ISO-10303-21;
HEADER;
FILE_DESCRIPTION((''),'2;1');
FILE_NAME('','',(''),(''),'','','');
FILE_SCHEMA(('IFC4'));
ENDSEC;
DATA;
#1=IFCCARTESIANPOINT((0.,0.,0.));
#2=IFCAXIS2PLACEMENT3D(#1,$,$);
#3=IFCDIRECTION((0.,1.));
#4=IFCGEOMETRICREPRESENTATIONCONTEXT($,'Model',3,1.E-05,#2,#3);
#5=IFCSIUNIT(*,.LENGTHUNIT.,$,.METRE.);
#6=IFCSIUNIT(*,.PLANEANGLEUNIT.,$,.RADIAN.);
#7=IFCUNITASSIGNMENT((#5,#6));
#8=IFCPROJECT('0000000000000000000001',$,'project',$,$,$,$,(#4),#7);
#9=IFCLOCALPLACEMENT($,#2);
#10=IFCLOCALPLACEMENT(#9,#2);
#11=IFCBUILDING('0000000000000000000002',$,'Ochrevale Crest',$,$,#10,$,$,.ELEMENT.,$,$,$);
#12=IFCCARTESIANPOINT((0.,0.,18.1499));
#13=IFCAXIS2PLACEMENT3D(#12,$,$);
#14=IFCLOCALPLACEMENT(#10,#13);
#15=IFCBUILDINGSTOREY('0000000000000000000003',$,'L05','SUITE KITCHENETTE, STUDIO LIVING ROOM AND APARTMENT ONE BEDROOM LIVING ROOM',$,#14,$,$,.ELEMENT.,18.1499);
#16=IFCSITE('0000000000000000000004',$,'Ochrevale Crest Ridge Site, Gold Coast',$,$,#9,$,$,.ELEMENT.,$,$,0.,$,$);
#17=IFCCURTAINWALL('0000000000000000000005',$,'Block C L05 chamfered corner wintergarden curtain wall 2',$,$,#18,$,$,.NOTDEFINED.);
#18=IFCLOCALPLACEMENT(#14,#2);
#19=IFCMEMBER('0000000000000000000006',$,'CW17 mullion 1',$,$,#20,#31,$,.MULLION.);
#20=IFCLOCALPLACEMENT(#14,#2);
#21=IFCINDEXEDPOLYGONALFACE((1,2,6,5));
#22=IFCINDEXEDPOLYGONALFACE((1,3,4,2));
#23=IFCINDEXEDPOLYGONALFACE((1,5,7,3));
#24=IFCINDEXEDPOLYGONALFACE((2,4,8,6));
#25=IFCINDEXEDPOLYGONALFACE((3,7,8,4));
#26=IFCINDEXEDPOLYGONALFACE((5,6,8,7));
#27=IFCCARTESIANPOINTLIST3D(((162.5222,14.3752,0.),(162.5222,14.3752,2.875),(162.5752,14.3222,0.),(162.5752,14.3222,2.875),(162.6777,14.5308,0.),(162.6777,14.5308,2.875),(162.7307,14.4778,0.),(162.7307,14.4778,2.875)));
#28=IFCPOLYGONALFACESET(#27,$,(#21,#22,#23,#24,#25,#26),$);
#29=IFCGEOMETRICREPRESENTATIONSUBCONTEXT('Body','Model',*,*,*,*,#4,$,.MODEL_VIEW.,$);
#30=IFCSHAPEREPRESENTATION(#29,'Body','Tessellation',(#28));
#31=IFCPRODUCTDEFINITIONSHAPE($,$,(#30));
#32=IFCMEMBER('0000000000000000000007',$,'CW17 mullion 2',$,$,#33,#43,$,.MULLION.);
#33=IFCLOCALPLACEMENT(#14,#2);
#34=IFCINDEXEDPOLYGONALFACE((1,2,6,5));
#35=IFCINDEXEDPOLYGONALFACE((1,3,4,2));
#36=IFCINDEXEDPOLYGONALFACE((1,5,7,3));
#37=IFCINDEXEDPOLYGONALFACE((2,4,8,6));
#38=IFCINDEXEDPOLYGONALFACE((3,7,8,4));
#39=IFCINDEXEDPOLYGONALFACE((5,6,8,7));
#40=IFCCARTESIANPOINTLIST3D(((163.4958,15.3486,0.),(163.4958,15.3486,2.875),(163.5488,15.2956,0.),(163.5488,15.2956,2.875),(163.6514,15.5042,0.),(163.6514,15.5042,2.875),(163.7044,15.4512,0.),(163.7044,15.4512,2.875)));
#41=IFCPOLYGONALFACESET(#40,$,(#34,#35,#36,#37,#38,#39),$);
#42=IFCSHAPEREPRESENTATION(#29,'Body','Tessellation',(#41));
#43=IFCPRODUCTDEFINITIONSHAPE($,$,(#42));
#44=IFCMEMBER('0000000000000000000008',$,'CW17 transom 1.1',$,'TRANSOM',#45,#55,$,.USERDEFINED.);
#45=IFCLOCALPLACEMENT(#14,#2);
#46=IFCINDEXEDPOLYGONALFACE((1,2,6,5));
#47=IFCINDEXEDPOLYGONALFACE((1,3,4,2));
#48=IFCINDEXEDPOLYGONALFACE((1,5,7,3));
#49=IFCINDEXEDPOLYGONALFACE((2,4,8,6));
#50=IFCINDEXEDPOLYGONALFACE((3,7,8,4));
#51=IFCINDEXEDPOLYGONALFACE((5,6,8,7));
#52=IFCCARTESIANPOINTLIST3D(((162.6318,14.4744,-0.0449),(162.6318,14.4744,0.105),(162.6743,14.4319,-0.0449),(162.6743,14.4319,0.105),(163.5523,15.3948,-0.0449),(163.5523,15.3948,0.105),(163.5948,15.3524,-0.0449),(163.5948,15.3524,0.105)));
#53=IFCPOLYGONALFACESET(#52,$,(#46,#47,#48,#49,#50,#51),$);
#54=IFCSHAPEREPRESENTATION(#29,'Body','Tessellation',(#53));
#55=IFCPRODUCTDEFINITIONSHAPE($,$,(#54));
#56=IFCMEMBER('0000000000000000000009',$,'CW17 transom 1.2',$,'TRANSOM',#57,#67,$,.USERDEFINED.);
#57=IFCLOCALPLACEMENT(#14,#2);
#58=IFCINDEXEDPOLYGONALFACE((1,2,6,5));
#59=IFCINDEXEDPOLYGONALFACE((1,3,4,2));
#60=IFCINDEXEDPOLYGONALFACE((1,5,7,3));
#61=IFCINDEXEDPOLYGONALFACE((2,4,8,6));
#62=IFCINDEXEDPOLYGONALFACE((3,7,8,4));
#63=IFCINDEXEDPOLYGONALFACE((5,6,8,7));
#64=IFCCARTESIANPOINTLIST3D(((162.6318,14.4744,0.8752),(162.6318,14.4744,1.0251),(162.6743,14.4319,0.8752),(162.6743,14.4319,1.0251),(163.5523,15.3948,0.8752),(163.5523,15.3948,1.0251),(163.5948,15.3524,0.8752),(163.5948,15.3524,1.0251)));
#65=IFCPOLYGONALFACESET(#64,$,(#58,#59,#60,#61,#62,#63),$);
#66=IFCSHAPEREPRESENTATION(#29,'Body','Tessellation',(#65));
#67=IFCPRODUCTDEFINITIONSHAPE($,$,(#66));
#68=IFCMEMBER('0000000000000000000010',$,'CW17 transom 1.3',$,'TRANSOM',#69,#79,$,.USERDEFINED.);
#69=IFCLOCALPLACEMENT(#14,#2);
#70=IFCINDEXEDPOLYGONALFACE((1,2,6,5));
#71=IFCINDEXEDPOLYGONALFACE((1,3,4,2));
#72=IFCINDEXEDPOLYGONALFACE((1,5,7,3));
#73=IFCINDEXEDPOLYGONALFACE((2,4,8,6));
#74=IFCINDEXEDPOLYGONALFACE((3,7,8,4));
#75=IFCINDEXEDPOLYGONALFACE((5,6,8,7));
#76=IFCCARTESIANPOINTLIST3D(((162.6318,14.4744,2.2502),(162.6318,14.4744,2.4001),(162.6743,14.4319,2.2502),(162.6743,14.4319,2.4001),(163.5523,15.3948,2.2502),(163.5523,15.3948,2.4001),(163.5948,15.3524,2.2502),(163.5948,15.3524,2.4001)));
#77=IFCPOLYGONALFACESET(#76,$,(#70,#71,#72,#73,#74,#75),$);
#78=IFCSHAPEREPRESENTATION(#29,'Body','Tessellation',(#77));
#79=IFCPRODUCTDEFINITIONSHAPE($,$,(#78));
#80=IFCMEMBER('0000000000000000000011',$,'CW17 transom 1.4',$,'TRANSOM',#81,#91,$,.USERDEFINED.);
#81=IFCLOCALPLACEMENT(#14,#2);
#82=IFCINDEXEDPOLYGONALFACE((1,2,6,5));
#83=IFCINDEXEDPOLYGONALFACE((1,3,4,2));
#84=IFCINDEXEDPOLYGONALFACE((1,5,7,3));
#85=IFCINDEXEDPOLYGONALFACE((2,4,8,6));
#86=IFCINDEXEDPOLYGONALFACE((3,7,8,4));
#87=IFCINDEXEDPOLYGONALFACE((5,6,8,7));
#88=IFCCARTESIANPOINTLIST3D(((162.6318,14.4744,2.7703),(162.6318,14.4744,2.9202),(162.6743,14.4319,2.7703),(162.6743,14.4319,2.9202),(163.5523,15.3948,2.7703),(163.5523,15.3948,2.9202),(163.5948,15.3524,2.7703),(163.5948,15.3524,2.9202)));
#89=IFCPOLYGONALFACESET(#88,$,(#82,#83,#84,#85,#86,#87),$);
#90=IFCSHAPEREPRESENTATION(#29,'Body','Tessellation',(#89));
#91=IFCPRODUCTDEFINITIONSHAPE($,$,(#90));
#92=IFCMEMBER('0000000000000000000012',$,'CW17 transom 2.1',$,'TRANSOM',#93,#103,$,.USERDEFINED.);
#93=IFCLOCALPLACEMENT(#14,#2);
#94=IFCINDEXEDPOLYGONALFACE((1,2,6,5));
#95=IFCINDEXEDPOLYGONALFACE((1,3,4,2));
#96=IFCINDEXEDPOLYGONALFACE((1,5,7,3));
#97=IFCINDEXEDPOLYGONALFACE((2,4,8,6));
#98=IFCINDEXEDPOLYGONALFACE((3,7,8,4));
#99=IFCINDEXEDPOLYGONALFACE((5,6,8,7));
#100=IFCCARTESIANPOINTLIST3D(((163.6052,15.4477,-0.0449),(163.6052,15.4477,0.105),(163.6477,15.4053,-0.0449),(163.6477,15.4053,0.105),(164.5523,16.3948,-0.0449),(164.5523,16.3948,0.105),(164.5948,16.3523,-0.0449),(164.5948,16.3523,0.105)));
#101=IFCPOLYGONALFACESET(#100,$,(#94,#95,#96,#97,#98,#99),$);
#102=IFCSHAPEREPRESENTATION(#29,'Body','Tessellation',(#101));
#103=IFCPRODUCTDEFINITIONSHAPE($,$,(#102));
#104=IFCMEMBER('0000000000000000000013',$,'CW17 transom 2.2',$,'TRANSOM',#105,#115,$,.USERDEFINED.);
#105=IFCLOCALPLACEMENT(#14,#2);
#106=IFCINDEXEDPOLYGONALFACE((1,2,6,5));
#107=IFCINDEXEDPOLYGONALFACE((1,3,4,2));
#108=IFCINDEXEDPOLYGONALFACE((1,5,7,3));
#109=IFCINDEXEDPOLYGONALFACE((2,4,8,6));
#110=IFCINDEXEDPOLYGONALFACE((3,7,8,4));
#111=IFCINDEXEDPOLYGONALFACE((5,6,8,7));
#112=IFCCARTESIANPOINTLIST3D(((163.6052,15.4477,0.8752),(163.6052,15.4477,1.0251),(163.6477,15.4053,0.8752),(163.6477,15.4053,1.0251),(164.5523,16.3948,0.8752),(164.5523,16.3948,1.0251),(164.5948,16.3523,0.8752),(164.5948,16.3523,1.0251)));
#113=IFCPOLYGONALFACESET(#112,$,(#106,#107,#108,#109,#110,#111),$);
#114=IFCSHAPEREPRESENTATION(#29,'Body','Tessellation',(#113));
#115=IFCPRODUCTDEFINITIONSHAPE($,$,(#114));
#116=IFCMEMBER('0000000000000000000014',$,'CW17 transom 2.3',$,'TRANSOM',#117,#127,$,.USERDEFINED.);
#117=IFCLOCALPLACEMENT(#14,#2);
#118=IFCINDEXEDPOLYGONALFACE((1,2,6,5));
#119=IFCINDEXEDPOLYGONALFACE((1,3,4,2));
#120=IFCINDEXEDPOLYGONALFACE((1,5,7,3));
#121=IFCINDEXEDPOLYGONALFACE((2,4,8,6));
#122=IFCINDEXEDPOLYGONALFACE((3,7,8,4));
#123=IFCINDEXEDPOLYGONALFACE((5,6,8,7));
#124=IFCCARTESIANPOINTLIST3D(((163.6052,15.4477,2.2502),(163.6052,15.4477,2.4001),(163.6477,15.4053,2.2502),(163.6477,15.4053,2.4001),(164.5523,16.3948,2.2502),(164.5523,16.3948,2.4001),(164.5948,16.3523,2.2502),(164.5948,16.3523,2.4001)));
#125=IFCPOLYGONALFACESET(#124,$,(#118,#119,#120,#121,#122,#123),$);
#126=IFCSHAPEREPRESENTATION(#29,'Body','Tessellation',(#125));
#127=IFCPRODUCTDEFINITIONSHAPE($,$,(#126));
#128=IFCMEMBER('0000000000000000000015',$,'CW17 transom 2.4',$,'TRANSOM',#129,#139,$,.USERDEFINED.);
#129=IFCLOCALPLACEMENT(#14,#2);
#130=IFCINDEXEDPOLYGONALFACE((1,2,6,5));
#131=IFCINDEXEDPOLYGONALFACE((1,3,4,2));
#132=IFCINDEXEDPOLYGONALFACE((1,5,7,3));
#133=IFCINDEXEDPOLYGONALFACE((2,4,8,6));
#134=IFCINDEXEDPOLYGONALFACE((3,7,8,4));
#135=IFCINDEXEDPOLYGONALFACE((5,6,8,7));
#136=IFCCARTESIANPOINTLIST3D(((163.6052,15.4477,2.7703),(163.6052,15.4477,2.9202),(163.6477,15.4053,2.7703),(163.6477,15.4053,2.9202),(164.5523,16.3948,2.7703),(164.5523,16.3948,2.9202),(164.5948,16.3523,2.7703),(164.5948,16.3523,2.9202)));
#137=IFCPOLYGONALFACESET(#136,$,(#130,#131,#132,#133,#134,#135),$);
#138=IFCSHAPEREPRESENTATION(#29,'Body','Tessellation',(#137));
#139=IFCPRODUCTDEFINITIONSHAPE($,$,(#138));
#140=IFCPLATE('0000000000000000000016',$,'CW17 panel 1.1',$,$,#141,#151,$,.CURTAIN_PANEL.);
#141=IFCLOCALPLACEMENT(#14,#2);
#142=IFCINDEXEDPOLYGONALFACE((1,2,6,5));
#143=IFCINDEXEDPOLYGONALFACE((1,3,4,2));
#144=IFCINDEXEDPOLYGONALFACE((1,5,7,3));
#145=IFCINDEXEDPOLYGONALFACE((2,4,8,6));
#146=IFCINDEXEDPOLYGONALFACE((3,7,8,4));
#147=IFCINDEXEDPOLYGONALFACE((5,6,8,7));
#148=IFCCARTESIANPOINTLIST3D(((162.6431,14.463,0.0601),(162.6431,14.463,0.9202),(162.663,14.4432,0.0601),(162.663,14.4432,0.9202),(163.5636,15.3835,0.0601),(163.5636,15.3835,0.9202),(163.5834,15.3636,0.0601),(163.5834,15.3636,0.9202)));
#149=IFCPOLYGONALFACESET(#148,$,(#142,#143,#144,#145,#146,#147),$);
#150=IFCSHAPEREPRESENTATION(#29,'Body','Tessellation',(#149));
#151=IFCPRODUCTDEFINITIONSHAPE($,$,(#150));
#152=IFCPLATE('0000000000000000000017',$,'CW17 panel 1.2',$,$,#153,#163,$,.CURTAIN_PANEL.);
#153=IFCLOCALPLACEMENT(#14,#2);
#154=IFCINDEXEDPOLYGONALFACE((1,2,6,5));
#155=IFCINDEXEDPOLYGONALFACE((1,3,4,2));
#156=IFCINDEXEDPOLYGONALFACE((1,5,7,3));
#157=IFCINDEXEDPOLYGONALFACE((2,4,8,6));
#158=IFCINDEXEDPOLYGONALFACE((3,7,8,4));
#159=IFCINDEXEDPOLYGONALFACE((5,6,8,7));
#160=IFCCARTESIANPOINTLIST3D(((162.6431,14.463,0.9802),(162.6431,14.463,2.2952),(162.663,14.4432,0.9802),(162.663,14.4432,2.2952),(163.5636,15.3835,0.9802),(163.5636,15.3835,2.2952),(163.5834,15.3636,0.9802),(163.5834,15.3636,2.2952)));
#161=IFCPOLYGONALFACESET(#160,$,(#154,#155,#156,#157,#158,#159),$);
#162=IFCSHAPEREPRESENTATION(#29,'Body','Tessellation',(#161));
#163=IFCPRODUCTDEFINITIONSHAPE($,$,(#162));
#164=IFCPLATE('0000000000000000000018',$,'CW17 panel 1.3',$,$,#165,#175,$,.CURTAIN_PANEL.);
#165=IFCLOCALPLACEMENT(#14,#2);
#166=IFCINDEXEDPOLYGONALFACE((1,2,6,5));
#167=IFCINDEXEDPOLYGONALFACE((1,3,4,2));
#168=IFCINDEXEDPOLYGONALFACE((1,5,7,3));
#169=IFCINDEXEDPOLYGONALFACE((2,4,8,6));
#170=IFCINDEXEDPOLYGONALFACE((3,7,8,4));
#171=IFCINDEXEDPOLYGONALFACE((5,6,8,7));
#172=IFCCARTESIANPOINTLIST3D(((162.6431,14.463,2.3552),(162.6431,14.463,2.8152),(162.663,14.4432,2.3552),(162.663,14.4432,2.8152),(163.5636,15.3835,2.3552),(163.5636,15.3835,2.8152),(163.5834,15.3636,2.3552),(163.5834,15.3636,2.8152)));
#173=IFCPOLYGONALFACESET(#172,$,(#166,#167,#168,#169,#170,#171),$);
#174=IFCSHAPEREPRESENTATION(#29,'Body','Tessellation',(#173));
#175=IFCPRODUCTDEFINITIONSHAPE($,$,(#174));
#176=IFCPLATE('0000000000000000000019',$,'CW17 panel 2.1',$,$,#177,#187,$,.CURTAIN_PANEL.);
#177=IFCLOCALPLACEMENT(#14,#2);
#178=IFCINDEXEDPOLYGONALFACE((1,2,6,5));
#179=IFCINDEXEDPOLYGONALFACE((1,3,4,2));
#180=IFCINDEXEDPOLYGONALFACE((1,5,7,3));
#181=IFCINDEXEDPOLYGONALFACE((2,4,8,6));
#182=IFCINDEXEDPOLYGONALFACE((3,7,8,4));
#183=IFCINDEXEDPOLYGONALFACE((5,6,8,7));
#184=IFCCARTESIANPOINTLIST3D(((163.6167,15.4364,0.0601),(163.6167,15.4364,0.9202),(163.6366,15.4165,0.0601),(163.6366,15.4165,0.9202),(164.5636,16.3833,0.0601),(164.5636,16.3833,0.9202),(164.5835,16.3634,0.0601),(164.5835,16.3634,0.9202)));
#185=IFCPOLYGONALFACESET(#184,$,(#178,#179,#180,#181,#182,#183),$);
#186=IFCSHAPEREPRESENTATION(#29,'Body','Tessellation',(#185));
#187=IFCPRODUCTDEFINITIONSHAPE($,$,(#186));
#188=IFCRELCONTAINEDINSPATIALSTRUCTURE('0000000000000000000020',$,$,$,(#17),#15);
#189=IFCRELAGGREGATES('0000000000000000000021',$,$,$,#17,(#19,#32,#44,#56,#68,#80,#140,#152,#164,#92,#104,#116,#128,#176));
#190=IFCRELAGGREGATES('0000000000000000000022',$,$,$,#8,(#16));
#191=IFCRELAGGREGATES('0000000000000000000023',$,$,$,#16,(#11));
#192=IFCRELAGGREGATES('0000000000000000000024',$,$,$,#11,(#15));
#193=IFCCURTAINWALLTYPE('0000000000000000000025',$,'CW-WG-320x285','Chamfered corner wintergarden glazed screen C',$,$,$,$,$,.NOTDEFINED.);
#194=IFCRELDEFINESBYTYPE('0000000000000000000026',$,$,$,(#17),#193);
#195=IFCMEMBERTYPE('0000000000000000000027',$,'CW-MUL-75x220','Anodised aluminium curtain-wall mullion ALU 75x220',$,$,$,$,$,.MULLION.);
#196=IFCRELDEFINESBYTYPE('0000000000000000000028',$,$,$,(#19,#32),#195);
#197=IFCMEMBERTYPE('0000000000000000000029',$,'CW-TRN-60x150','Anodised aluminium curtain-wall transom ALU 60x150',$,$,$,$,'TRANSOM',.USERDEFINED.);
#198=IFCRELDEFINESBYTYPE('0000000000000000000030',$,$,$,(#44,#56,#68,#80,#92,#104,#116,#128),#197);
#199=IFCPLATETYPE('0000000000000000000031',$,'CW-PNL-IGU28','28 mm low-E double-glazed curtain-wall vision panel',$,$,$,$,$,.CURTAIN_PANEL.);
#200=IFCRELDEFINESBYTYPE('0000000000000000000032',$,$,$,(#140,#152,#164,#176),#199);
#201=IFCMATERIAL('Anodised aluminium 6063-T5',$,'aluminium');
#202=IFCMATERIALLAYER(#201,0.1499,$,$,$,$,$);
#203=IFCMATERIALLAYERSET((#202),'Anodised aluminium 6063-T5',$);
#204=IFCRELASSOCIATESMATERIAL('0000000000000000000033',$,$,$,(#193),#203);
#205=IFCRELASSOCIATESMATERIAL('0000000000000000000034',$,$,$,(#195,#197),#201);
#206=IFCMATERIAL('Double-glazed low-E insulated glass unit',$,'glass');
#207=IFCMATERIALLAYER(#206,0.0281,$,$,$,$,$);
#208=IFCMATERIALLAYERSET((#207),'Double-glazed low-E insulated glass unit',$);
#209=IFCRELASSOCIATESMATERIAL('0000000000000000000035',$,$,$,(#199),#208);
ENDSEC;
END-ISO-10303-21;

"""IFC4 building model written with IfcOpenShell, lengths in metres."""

from ifc_helpers import new_model, si_unit, direction, frame, origin, origin_2d, place, context, subcontext, project, spatial, rectangle, extrude, material, layer, layer_set, material_profile, profile_set, type_object, element, aggregate, save


model = new_model("IFC4")

# Units and contexts
model_context = context("Model", 3, precision=1e-05, world=origin(), true_north=direction((0.0, 1.0)))
body_context = subcontext(model_context, "Body", "Model", "MODEL_VIEW")
ifc_project = project(units=[si_unit("LENGTHUNIT", "METRE"), si_unit("PLANEANGLEUNIT", "RADIAN")], contexts=[model_context])

# Site, building, storey
site_placement = place(None, origin())
site = spatial("IfcSite", under=ifc_project, at=site_placement, Name="Ochrevale Crest Ridge Site, Gold Coast", CompositionType="ELEMENT", RefElevation=0.0)
building_placement = place(site_placement, origin())
building = spatial("IfcBuilding", under=site, at=building_placement, Name="Ochrevale Crest", CompositionType="ELEMENT")
storey_placement = place(building_placement, frame((0.0, 0.0, 18.1499)))
storey = spatial("IfcBuildingStorey", under=building, at=storey_placement, Name="L05", Description="SUITE KITCHENETTE, STUDIO LIVING ROOM AND APARTMENT ONE BEDROOM LIVING ROOM", CompositionType="ELEMENT", Elevation=18.1499)

# Curtain wall, members, plates
ifc_material_1 = material(Name="Anodised aluminium 6063-T5", Category="aluminium")
ifc_layer_1 = layer(ifc_material_1, 0.1499)
ifc_layer_set_1 = layer_set([ifc_layer_1], Name="Anodised aluminium 6063-T5")
curtain_wall_type = type_object("IfcCurtainWallType", Name="CW-WG-320x285", Description="Chamfered corner wintergarden glazed screen C", PredefinedType="NOTDEFINED", material=ifc_layer_set_1)
curtain_wall_placement = place(storey_placement, origin())
curtain_wall = element("IfcCurtainWall", 1, at=curtain_wall_placement, inside=storey, type_object=curtain_wall_type, Name="Block C L05 chamfered corner wintergarden curtain wall 2", PredefinedType="NOTDEFINED")
ifc_material_profile_1 = material_profile(ifc_material_1, rectangle(XDim=0.075, YDim=0.22, at=origin_2d()), Name="ALU 75x220")
ifc_profile_set_1 = profile_set([ifc_material_profile_1], Name="Anodised aluminium 6063-T5")
member_type_1 = type_object("IfcMemberType", Name="CW-MUL-75x220", Description="Anodised aluminium curtain-wall mullion ALU 75x220", PredefinedType="MULLION", material=ifc_profile_set_1)
member_1_placement = place(storey_placement, frame((162.6265, 14.4265, 0.0), z_axis=(0.0, 0.0, 1.0), x_axis=(-0.707107, 0.707107, 0.0)))
member_1 = element("IfcMember", 2, at=member_1_placement, type_object=member_type_1, Name="CW17 mullion 1", PredefinedType="MULLION", context=body_context, shape_type="SweptSolid", body=[
    extrude(rectangle(XDim=0.075, YDim=0.22, at=origin_2d()), origin(), (0.0, 0.0, 1.0), 2.875),
])
member_2_placement = place(storey_placement, frame((163.6001, 15.3999, 0.0), z_axis=(0.0, 0.0, 1.0), x_axis=(-0.707107, 0.707107, 0.0)))
member_2 = element("IfcMember", 3, at=member_2_placement, type_object=member_type_1, Name="CW17 mullion 2", PredefinedType="MULLION", context=body_context, shape_type="SweptSolid", body=[
    extrude(rectangle(XDim=0.075, YDim=0.22, at=origin_2d()), origin(), (0.0, 0.0, 1.0), 2.875),
])
ifc_material_profile_2 = material_profile(ifc_material_1, rectangle(XDim=0.0601, YDim=0.1499, at=origin_2d()), Name="ALU 60x150")
ifc_profile_set_2 = profile_set([ifc_material_profile_2], Name="Anodised aluminium 6063-T5")
member_type_2 = type_object("IfcMemberType", Name="CW-TRN-60x150", Description="Anodised aluminium curtain-wall transom ALU 60x150", ElementType="TRANSOM", PredefinedType="USERDEFINED", material=ifc_profile_set_2)
member_3_placement = place(storey_placement, frame((162.6531, 14.4531, 0.03), z_axis=(0.707107, 0.707107, 0.0), x_axis=(-0.707107, 0.707107, 0.0)))
member_3 = element("IfcMember", 4, at=member_3_placement, type_object=member_type_2, Name="CW17 transom 1.1", ObjectType="TRANSOM", PredefinedType="USERDEFINED", context=body_context, shape_type="SweptSolid", body=[
    extrude(rectangle(XDim=0.0601, YDim=0.1499, at=origin_2d()), origin(), (0.0, 0.0, 1.0), 1.3018),
])
member_4_placement = place(storey_placement, frame((162.6531, 14.4531, 0.9502), z_axis=(0.707107, 0.707107, 0.0), x_axis=(-0.707107, 0.707107, 0.0)))
member_4 = element("IfcMember", 5, at=member_4_placement, type_object=member_type_2, Name="CW17 transom 1.2", ObjectType="TRANSOM", PredefinedType="USERDEFINED", context=body_context, shape_type="SweptSolid", body=[
    extrude(rectangle(XDim=0.0601, YDim=0.1499, at=origin_2d()), origin(), (0.0, 0.0, 1.0), 1.3018),
])
member_5_placement = place(storey_placement, frame((162.6531, 14.4531, 2.3252), z_axis=(0.707107, 0.707107, 0.0), x_axis=(-0.707107, 0.707107, 0.0)))
member_5 = element("IfcMember", 6, at=member_5_placement, type_object=member_type_2, Name="CW17 transom 1.3", ObjectType="TRANSOM", PredefinedType="USERDEFINED", context=body_context, shape_type="SweptSolid", body=[
    extrude(rectangle(XDim=0.0601, YDim=0.1499, at=origin_2d()), origin(), (0.0, 0.0, 1.0), 1.3018),
])
member_6_placement = place(storey_placement, frame((162.6531, 14.4531, 2.8452), z_axis=(0.707107, 0.707107, 0.0), x_axis=(-0.707107, 0.707107, 0.0)))
member_6 = element("IfcMember", 7, at=member_6_placement, type_object=member_type_2, Name="CW17 transom 1.4", ObjectType="TRANSOM", PredefinedType="USERDEFINED", context=body_context, shape_type="SweptSolid", body=[
    extrude(rectangle(XDim=0.0601, YDim=0.1499, at=origin_2d()), origin(), (0.0, 0.0, 1.0), 1.3018),
])
member_7_placement = place(storey_placement, frame((163.6265, 15.4265, 0.03), z_axis=(0.707107, 0.707107, 0.0), x_axis=(-0.707107, 0.707107, 0.0)))
member_7 = element("IfcMember", 8, at=member_7_placement, type_object=member_type_2, Name="CW17 transom 2.1", ObjectType="TRANSOM", PredefinedType="USERDEFINED", context=body_context, shape_type="SweptSolid", body=[
    extrude(rectangle(XDim=0.0601, YDim=0.1499, at=origin_2d()), origin(), (0.0, 0.0, 1.0), 1.3394),
])
member_8_placement = place(storey_placement, frame((163.6265, 15.4265, 0.9502), z_axis=(0.707107, 0.707107, 0.0), x_axis=(-0.707107, 0.707107, 0.0)))
member_8 = element("IfcMember", 9, at=member_8_placement, type_object=member_type_2, Name="CW17 transom 2.2", ObjectType="TRANSOM", PredefinedType="USERDEFINED", context=body_context, shape_type="SweptSolid", body=[
    extrude(rectangle(XDim=0.0601, YDim=0.1499, at=origin_2d()), origin(), (0.0, 0.0, 1.0), 1.3394),
])
member_9_placement = place(storey_placement, frame((163.6265, 15.4265, 2.3252), z_axis=(0.707107, 0.707107, 0.0), x_axis=(-0.707107, 0.707107, 0.0)))
member_9 = element("IfcMember", 10, at=member_9_placement, type_object=member_type_2, Name="CW17 transom 2.3", ObjectType="TRANSOM", PredefinedType="USERDEFINED", context=body_context, shape_type="SweptSolid", body=[
    extrude(rectangle(XDim=0.0601, YDim=0.1499, at=origin_2d()), origin(), (0.0, 0.0, 1.0), 1.3394),
])
member_10_placement = place(storey_placement, frame((163.6265, 15.4265, 2.8452), z_axis=(0.707107, 0.707107, 0.0), x_axis=(-0.707107, 0.707107, 0.0)))
member_10 = element("IfcMember", 11, at=member_10_placement, type_object=member_type_2, Name="CW17 transom 2.4", ObjectType="TRANSOM", PredefinedType="USERDEFINED", context=body_context, shape_type="SweptSolid", body=[
    extrude(rectangle(XDim=0.0601, YDim=0.1499, at=origin_2d()), origin(), (0.0, 0.0, 1.0), 1.3394),
])
ifc_material_2 = material(Name="Double-glazed low-E insulated glass unit", Category="glass")
ifc_layer_2 = layer(ifc_material_2, 0.0281)
ifc_layer_set_2 = layer_set([ifc_layer_2], Name="Double-glazed low-E insulated glass unit")
plate_type_1 = type_object("IfcPlateType", Name="CW-PNL-IGU28", Description="28 mm low-E double-glazed curtain-wall vision panel", PredefinedType="CURTAIN_PANEL", material=ifc_layer_set_2)
plate_1_placement = place(storey_placement, frame((163.1133, 14.9133, 0.0601), z_axis=(0.0, 0.0, 1.0), x_axis=(0.707107, 0.707107, 0.0)))
plate_1 = element("IfcPlate", 12, at=plate_1_placement, type_object=plate_type_1, Name="CW17 panel 1.1", PredefinedType="CURTAIN_PANEL", context=body_context, shape_type="SweptSolid", body=[
    extrude(rectangle(XDim=1.3018, YDim=0.0281, at=origin_2d()), origin(), (0.0, 0.0, 1.0), 0.8601),
])
plate_2_placement = place(storey_placement, frame((163.1133, 14.9133, 0.9802), z_axis=(0.0, 0.0, 1.0), x_axis=(0.707107, 0.707107, 0.0)))
plate_2 = element("IfcPlate", 13, at=plate_2_placement, type_object=plate_type_1, Name="CW17 panel 1.2", PredefinedType="CURTAIN_PANEL", context=body_context, shape_type="SweptSolid", body=[
    extrude(rectangle(XDim=1.3018, YDim=0.0281, at=origin_2d()), origin(), (0.0, 0.0, 1.0), 1.3149),
])
plate_3_placement = place(storey_placement, frame((163.1133, 14.9133, 2.3552), z_axis=(0.0, 0.0, 1.0), x_axis=(0.707107, 0.707107, 0.0)))
plate_3 = element("IfcPlate", 14, at=plate_3_placement, type_object=plate_type_1, Name="CW17 panel 1.3", PredefinedType="CURTAIN_PANEL", context=body_context, shape_type="SweptSolid", body=[
    extrude(rectangle(XDim=1.3018, YDim=0.0281, at=origin_2d()), origin(), (0.0, 0.0, 1.0), 0.46),
])
plate_4_placement = place(storey_placement, frame((164.1001, 15.8999, 0.0601), z_axis=(0.0, 0.0, 1.0), x_axis=(0.707107, 0.707107, 0.0)))
plate_4 = element("IfcPlate", 15, at=plate_4_placement, type_object=plate_type_1, Name="CW17 panel 2.1", PredefinedType="CURTAIN_PANEL", context=body_context, shape_type="SweptSolid", body=[
    extrude(rectangle(XDim=1.3391, YDim=0.0281, at=origin_2d()), origin(), (0.0, 0.0, 1.0), 0.8601),
])
aggregate(curtain_wall, [member_1, member_2, member_3, member_4, member_5, member_6, plate_1, plate_2, plate_3, member_7, member_8, member_9, member_10, plate_4])

save(model, "model.ifc")
